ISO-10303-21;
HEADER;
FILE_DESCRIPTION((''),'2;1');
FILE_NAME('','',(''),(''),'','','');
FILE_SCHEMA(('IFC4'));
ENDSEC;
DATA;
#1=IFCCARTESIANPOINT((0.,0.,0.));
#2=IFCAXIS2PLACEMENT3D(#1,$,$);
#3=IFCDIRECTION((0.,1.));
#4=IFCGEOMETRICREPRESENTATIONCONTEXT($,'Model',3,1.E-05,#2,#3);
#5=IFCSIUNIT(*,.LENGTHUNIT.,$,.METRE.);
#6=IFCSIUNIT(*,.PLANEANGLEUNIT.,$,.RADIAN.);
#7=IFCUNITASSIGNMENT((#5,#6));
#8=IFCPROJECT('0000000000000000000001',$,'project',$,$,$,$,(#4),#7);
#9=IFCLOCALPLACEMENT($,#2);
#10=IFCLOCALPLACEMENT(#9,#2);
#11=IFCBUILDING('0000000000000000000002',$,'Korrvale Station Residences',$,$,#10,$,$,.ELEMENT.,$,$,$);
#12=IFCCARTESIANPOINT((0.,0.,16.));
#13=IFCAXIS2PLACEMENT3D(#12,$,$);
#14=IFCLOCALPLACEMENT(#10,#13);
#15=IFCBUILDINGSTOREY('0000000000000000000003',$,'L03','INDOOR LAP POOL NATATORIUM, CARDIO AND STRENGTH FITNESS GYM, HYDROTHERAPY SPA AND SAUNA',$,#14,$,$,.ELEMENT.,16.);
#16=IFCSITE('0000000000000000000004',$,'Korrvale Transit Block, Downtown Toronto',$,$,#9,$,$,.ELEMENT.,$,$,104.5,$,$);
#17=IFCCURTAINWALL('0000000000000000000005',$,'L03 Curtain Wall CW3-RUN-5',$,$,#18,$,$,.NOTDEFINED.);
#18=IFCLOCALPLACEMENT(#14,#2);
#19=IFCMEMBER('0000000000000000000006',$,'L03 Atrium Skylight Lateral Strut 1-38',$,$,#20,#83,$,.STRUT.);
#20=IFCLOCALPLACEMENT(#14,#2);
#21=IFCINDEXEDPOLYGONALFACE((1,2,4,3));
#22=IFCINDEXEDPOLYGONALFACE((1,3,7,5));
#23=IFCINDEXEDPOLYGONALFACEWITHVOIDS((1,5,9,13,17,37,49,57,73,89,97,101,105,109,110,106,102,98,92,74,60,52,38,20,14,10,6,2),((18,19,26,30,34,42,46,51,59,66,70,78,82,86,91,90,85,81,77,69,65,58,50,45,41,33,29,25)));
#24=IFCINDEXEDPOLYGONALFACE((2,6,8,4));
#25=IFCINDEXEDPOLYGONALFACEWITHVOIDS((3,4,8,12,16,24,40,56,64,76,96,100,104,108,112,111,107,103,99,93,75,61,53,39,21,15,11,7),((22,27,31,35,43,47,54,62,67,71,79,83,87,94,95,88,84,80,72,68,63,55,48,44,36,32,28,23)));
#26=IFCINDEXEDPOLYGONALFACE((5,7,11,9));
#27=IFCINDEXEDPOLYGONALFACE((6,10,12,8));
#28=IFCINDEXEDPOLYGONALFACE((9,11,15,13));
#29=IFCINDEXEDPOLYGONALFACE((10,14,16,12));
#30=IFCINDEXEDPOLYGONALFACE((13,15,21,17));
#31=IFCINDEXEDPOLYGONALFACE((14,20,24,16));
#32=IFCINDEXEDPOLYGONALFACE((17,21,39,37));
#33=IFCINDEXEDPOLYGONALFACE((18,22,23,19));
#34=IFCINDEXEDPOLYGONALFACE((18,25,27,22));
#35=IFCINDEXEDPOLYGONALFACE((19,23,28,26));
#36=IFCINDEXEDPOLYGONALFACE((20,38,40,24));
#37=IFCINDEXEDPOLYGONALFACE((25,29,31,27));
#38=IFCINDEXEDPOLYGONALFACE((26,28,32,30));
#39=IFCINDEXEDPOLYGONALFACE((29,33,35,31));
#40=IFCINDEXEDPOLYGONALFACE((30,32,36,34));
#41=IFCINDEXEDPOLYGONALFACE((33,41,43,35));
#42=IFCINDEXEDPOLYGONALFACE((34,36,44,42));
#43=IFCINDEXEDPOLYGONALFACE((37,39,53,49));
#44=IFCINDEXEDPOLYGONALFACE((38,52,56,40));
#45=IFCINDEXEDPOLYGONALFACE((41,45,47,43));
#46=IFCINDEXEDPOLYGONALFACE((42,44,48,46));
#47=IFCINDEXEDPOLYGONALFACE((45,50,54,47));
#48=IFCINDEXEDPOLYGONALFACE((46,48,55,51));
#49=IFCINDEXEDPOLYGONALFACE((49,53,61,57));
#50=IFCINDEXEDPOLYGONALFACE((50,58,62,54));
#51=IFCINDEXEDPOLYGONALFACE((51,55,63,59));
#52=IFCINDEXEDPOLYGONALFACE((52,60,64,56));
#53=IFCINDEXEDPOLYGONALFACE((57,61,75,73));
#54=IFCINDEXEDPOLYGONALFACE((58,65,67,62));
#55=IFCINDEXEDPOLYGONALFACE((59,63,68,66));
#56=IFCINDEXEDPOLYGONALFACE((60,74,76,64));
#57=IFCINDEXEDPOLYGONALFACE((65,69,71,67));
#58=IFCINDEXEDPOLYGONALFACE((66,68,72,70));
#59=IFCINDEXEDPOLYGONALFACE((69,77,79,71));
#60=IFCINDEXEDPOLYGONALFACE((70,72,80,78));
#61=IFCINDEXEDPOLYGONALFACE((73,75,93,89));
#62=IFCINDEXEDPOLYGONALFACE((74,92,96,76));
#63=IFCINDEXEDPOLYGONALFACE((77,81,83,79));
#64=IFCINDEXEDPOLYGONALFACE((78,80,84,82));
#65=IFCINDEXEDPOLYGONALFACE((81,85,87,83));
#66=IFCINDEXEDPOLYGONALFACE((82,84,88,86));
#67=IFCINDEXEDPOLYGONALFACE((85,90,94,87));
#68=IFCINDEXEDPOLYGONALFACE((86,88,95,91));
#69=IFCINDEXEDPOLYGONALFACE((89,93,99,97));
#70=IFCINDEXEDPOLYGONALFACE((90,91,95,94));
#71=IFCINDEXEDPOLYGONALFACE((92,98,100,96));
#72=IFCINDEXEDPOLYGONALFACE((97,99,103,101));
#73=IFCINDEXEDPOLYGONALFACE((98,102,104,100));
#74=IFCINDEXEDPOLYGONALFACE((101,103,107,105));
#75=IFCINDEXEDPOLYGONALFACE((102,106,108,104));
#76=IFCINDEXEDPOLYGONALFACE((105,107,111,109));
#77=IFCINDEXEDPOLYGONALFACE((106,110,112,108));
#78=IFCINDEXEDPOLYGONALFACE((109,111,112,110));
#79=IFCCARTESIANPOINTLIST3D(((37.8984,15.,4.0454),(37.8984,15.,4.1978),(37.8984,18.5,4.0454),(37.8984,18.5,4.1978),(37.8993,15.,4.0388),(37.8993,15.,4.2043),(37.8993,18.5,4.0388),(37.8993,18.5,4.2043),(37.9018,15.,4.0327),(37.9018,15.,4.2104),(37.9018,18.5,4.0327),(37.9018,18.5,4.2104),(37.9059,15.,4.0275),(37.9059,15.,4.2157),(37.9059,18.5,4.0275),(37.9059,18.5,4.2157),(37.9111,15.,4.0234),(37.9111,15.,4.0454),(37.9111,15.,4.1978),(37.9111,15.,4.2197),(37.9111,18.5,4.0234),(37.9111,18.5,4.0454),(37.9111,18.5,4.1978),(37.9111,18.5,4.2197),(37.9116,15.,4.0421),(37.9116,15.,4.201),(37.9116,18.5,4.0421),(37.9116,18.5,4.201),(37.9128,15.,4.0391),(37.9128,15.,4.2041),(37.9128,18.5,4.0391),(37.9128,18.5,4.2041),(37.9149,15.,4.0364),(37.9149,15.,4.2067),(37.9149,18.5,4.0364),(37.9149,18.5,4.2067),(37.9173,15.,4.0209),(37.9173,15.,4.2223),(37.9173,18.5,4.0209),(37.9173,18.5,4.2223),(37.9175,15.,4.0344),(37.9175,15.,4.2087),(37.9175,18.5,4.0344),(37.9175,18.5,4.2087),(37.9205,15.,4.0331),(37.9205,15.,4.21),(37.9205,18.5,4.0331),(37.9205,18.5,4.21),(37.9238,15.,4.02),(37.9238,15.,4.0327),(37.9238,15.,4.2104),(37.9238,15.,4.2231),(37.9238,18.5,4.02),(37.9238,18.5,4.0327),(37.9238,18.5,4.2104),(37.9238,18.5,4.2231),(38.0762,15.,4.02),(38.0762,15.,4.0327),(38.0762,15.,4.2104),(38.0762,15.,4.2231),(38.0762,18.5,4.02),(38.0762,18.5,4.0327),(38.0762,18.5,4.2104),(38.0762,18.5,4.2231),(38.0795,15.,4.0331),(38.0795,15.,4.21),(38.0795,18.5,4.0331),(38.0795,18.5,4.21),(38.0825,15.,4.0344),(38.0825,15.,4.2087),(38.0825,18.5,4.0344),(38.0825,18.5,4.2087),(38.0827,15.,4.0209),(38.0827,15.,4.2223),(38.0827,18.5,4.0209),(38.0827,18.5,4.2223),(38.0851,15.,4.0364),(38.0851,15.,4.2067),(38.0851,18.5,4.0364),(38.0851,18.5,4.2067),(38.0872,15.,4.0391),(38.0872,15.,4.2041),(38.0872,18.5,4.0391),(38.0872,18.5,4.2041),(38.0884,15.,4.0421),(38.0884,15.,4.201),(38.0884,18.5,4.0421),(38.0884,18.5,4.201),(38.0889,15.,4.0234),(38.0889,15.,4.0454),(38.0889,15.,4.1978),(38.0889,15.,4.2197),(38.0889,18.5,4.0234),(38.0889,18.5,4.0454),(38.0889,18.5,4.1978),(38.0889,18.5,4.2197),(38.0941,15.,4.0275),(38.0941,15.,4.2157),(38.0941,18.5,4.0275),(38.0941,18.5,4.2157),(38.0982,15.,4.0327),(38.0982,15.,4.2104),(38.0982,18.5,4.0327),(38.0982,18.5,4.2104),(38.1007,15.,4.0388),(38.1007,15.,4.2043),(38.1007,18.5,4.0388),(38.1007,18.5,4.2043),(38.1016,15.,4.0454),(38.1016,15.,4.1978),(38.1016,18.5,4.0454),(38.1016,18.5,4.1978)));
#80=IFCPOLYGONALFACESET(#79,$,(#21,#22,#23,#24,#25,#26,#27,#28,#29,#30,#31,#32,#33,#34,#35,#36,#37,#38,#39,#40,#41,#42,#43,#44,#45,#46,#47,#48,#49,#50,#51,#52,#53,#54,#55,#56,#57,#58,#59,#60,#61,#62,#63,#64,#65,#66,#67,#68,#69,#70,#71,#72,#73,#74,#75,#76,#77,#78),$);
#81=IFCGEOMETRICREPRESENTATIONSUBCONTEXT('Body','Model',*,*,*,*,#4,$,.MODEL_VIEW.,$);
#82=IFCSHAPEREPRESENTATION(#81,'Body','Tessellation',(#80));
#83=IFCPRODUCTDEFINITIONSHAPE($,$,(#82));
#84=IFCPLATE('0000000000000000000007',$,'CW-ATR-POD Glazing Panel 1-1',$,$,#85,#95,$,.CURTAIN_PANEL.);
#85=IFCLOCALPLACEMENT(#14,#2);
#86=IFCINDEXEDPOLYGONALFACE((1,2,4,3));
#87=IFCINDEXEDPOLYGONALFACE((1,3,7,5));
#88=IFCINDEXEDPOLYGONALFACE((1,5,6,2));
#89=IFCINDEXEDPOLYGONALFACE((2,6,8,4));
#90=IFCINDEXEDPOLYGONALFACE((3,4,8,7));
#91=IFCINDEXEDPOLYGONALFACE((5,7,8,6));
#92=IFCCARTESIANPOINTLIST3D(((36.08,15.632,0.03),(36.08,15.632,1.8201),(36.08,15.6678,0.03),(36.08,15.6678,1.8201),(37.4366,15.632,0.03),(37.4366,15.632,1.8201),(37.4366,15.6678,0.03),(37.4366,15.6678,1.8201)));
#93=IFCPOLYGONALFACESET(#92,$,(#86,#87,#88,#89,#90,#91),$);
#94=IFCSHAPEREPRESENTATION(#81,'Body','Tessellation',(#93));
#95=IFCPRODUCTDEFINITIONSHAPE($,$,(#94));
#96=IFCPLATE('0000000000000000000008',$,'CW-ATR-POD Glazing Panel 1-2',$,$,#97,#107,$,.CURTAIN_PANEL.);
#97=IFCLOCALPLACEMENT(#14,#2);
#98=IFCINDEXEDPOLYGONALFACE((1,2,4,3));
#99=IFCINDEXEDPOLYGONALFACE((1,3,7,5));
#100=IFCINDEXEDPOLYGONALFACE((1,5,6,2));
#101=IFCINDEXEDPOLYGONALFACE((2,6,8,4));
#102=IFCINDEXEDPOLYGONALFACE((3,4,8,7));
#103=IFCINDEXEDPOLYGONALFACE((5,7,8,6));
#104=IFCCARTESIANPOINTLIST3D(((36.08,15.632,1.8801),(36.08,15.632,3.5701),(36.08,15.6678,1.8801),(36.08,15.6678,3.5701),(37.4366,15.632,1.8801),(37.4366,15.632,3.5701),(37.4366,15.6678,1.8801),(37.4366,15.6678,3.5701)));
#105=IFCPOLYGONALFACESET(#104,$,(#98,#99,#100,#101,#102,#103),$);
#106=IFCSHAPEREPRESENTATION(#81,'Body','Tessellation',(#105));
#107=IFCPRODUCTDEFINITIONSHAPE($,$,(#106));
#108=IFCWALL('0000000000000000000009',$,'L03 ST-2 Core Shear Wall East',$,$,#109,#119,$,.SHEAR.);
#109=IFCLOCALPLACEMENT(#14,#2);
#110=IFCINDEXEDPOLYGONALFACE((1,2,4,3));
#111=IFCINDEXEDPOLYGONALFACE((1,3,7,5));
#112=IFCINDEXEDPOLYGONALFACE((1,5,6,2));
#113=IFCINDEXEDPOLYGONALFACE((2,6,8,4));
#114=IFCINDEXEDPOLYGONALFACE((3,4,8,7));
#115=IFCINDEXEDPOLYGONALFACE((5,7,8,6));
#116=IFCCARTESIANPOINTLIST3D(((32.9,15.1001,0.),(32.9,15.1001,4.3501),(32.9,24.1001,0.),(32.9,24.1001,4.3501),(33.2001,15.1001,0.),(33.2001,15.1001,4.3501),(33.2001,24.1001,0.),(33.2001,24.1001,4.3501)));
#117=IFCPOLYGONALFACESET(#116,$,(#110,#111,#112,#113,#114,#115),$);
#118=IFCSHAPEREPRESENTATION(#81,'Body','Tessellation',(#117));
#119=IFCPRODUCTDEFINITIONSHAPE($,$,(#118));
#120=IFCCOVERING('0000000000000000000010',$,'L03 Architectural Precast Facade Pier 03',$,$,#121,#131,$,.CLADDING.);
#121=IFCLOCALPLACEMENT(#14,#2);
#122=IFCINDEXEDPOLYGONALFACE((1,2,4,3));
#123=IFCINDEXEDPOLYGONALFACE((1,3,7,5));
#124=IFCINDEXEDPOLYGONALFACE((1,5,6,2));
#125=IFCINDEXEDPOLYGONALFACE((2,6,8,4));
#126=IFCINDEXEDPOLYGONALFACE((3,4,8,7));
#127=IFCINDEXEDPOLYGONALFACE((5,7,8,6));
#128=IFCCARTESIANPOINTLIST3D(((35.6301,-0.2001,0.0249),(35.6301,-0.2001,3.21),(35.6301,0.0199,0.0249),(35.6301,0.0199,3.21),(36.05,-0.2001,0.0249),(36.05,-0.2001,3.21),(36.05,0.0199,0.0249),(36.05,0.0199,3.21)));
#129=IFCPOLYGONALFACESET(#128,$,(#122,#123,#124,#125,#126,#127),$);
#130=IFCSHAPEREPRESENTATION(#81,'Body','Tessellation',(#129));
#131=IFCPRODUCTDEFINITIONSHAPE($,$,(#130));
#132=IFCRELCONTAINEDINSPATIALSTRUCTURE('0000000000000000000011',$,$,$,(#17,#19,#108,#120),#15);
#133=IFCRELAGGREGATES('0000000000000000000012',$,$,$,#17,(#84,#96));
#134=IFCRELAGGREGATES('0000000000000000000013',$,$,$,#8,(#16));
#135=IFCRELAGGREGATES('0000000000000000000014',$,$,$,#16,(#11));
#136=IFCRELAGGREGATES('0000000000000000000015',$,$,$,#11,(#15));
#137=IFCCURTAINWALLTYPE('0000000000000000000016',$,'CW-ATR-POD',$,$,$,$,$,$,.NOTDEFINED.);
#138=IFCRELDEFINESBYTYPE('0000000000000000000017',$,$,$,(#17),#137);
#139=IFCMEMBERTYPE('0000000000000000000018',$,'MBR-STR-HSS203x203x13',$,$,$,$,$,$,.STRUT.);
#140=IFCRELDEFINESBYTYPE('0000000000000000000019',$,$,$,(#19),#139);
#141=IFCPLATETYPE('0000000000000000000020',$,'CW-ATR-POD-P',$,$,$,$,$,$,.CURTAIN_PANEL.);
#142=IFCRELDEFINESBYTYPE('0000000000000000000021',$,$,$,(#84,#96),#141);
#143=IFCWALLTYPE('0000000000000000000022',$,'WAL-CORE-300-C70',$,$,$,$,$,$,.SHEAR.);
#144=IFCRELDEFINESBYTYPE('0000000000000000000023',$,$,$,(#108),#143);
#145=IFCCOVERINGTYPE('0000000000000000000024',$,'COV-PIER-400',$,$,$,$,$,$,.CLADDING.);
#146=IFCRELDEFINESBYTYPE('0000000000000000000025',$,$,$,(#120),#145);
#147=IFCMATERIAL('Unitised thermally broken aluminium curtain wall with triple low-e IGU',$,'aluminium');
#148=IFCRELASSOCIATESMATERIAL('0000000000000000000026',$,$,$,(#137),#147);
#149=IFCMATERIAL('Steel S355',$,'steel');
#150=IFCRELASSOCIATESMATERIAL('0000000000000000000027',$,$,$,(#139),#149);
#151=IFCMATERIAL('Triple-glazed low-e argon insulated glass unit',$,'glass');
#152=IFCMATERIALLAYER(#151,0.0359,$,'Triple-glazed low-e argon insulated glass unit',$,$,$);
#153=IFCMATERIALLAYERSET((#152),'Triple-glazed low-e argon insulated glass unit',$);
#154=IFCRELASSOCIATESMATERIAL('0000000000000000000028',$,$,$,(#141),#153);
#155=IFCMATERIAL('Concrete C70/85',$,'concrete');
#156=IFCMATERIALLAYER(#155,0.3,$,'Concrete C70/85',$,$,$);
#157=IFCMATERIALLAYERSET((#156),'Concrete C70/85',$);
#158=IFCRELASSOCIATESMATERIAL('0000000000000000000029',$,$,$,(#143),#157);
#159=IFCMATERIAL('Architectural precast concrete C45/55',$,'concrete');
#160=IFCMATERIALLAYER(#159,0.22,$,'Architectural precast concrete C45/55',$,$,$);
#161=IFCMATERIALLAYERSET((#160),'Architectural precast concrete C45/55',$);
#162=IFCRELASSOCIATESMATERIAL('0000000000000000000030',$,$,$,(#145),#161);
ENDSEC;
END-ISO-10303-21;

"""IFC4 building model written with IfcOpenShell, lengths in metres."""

from ifc_helpers import new_model, si_unit, direction, frame, frame_2d, origin, origin_2d, place, context, subcontext, project, spatial, rectangle, hollow_rectangle, extrude, material, layer, layer_set, material_profile, profile_set, type_object, element, aggregate, save


model = new_model("IFC4")

# Units and contexts
model_context = context("Model", 3, precision=1e-05, world=origin(), true_north=direction((0.0, 1.0)))
body_context = subcontext(model_context, "Body", "Model", "MODEL_VIEW")
ifc_project = project(units=[si_unit("LENGTHUNIT", "METRE"), si_unit("PLANEANGLEUNIT", "RADIAN")], contexts=[model_context])

# Site, building, storey
site_placement = place(None, origin())
site = spatial("IfcSite", under=ifc_project, at=site_placement, Name="Korrvale Transit Block, Downtown Toronto", CompositionType="ELEMENT", RefElevation=104.5)
building_placement = place(site_placement, origin())
building = spatial("IfcBuilding", under=site, at=building_placement, Name="Korrvale Station Residences", CompositionType="ELEMENT")
storey_placement = place(building_placement, frame((0.0, 0.0, 16.0)))
storey = spatial("IfcBuildingStorey", under=building, at=storey_placement, Name="L03", Description="INDOOR LAP POOL NATATORIUM, CARDIO AND STRENGTH FITNESS GYM, HYDROTHERAPY SPA AND SAUNA", CompositionType="ELEMENT", Elevation=16.0)

# Shared definitions
ifc_material_1 = material(Name="Concrete C70/85", Category="concrete")

# Shared definitions
ifc_material_2 = material(Name="Steel S355", Category="steel")

# Curtain wall
ifc_material_3 = material(Name="Unitised thermally broken aluminium curtain wall with triple low-e IGU", Category="aluminium")
curtain_wall_type = type_object("IfcCurtainWallType", Name="CW-ATR-POD", PredefinedType="NOTDEFINED", material=ifc_material_3)
curtain_wall_placement = place(storey_placement, origin())
curtain_wall = element("IfcCurtainWall", 1, at=curtain_wall_placement, inside=storey, type_object=curtain_wall_type, Name="L03 Curtain Wall CW3-RUN-5", PredefinedType="NOTDEFINED")

# Member
ifc_material_profile_1 = material_profile(ifc_material_2, hollow_rectangle(XDim=0.2031, YDim=0.2031, WallThickness=0.0127, InnerFilletRadius=0.0127, OuterFilletRadius=0.0254, at=origin_2d()), Name="HSS203x203x13")
ifc_profile_set_1 = profile_set([ifc_material_profile_1], Name="Steel S355")
member_type_1 = type_object("IfcMemberType", Name="MBR-STR-HSS203x203x13", PredefinedType="STRUT", material=ifc_profile_set_1)
member_1_placement = place(storey_placement, frame((38.0, 15.0, 4.1216), z_axis=(0.0, 1.0, 0.0), x_axis=(-1.0, 0.0, 0.0)))
element("IfcMember", 2, at=member_1_placement, inside=storey, type_object=member_type_1, Name="L03 Atrium Skylight Lateral Strut 1-38", PredefinedType="STRUT", context=body_context, shape_type="SweptSolid", body=[
    extrude(hollow_rectangle(XDim=0.2031, YDim=0.2031, WallThickness=0.0127, InnerFilletRadius=0.0127, OuterFilletRadius=0.0254, at=origin_2d()), origin(), (0.0, 0.0, 1.0), 3.5),
])

# Plates
ifc_material_4 = material(Name="Triple-glazed low-e argon insulated glass unit", Category="glass")
ifc_layer_1 = layer(ifc_material_4, 0.0359, Name="Triple-glazed low-e argon insulated glass unit")
ifc_layer_set_1 = layer_set([ifc_layer_1], Name="Triple-glazed low-e argon insulated glass unit")
plate_type = type_object("IfcPlateType", Name="CW-ATR-POD-P", PredefinedType="CURTAIN_PANEL", material=ifc_layer_set_1)
plate_1_placement = place(storey_placement, frame((36.7583, 15.6499, 0.03), z_axis=(0.0, 0.0, 1.0), x_axis=(1.0, 0.0, 0.0)))
plate_1 = element("IfcPlate", 3, at=plate_1_placement, type_object=plate_type, Name="CW-ATR-POD Glazing Panel 1-1", PredefinedType="CURTAIN_PANEL", context=body_context, shape_type="SweptSolid", body=[
    extrude(rectangle(XDim=1.3567, YDim=0.0359, at=origin_2d()), origin(), (0.0, 0.0, 1.0), 1.79),
])
plate_2_placement = place(storey_placement, frame((36.7583, 15.6499, 1.8801), z_axis=(0.0, 0.0, 1.0), x_axis=(1.0, 0.0, 0.0)))
plate_2 = element("IfcPlate", 4, at=plate_2_placement, type_object=plate_type, Name="CW-ATR-POD Glazing Panel 1-2", PredefinedType="CURTAIN_PANEL", context=body_context, shape_type="SweptSolid", body=[
    extrude(rectangle(XDim=1.3567, YDim=0.0359, at=origin_2d()), origin(), (0.0, 0.0, 1.0), 1.6899),
])
aggregate(curtain_wall, [plate_1, plate_2])

# Wall
ifc_layer_2 = layer(ifc_material_1, 0.3, Name="Concrete C70/85")
ifc_layer_set_2 = layer_set([ifc_layer_2], Name="Concrete C70/85")
wall_type = type_object("IfcWallType", Name="WAL-CORE-300-C70", PredefinedType="SHEAR", material=ifc_layer_set_2)
wall_placement = place(storey_placement, frame((33.05, 15.1001, 0.0), z_axis=(0.0, 0.0, 1.0), x_axis=(0.0, 1.0, 0.0)))
element("IfcWall", 5, at=wall_placement, inside=storey, type_object=wall_type, Name="L03 ST-2 Core Shear Wall East", PredefinedType="SHEAR", context=body_context, shape_type="SweptSolid", body=[
    extrude(rectangle(XDim=9.0, YDim=0.3, at=frame_2d((4.5, 0.0))), origin(), (0.0, 0.0, 1.0), 4.3501),
])

# Covering
ifc_material_5 = material(Name="Architectural precast concrete C45/55", Category="concrete")
ifc_layer_3 = layer(ifc_material_5, 0.22, Name="Architectural precast concrete C45/55")
ifc_layer_set_3 = layer_set([ifc_layer_3], Name="Architectural precast concrete C45/55")
covering_type = type_object("IfcCoveringType", Name="COV-PIER-400", PredefinedType="CLADDING", material=ifc_layer_set_3)
covering_placement = place(storey_placement, frame((35.8401, -0.0901, 0.0249), z_axis=(0.0, 0.0, 1.0), x_axis=(1.0, 0.0, 0.0)))
element("IfcCovering", 6, at=covering_placement, inside=storey, type_object=covering_type, Name="L03 Architectural Precast Facade Pier 03", PredefinedType="CLADDING", context=body_context, shape_type="SweptSolid", body=[
    extrude(rectangle(XDim=0.4199, YDim=0.22, at=origin_2d()), origin(), (0.0, 0.0, 1.0), 3.1851),
])

save(model, "model.ifc")
